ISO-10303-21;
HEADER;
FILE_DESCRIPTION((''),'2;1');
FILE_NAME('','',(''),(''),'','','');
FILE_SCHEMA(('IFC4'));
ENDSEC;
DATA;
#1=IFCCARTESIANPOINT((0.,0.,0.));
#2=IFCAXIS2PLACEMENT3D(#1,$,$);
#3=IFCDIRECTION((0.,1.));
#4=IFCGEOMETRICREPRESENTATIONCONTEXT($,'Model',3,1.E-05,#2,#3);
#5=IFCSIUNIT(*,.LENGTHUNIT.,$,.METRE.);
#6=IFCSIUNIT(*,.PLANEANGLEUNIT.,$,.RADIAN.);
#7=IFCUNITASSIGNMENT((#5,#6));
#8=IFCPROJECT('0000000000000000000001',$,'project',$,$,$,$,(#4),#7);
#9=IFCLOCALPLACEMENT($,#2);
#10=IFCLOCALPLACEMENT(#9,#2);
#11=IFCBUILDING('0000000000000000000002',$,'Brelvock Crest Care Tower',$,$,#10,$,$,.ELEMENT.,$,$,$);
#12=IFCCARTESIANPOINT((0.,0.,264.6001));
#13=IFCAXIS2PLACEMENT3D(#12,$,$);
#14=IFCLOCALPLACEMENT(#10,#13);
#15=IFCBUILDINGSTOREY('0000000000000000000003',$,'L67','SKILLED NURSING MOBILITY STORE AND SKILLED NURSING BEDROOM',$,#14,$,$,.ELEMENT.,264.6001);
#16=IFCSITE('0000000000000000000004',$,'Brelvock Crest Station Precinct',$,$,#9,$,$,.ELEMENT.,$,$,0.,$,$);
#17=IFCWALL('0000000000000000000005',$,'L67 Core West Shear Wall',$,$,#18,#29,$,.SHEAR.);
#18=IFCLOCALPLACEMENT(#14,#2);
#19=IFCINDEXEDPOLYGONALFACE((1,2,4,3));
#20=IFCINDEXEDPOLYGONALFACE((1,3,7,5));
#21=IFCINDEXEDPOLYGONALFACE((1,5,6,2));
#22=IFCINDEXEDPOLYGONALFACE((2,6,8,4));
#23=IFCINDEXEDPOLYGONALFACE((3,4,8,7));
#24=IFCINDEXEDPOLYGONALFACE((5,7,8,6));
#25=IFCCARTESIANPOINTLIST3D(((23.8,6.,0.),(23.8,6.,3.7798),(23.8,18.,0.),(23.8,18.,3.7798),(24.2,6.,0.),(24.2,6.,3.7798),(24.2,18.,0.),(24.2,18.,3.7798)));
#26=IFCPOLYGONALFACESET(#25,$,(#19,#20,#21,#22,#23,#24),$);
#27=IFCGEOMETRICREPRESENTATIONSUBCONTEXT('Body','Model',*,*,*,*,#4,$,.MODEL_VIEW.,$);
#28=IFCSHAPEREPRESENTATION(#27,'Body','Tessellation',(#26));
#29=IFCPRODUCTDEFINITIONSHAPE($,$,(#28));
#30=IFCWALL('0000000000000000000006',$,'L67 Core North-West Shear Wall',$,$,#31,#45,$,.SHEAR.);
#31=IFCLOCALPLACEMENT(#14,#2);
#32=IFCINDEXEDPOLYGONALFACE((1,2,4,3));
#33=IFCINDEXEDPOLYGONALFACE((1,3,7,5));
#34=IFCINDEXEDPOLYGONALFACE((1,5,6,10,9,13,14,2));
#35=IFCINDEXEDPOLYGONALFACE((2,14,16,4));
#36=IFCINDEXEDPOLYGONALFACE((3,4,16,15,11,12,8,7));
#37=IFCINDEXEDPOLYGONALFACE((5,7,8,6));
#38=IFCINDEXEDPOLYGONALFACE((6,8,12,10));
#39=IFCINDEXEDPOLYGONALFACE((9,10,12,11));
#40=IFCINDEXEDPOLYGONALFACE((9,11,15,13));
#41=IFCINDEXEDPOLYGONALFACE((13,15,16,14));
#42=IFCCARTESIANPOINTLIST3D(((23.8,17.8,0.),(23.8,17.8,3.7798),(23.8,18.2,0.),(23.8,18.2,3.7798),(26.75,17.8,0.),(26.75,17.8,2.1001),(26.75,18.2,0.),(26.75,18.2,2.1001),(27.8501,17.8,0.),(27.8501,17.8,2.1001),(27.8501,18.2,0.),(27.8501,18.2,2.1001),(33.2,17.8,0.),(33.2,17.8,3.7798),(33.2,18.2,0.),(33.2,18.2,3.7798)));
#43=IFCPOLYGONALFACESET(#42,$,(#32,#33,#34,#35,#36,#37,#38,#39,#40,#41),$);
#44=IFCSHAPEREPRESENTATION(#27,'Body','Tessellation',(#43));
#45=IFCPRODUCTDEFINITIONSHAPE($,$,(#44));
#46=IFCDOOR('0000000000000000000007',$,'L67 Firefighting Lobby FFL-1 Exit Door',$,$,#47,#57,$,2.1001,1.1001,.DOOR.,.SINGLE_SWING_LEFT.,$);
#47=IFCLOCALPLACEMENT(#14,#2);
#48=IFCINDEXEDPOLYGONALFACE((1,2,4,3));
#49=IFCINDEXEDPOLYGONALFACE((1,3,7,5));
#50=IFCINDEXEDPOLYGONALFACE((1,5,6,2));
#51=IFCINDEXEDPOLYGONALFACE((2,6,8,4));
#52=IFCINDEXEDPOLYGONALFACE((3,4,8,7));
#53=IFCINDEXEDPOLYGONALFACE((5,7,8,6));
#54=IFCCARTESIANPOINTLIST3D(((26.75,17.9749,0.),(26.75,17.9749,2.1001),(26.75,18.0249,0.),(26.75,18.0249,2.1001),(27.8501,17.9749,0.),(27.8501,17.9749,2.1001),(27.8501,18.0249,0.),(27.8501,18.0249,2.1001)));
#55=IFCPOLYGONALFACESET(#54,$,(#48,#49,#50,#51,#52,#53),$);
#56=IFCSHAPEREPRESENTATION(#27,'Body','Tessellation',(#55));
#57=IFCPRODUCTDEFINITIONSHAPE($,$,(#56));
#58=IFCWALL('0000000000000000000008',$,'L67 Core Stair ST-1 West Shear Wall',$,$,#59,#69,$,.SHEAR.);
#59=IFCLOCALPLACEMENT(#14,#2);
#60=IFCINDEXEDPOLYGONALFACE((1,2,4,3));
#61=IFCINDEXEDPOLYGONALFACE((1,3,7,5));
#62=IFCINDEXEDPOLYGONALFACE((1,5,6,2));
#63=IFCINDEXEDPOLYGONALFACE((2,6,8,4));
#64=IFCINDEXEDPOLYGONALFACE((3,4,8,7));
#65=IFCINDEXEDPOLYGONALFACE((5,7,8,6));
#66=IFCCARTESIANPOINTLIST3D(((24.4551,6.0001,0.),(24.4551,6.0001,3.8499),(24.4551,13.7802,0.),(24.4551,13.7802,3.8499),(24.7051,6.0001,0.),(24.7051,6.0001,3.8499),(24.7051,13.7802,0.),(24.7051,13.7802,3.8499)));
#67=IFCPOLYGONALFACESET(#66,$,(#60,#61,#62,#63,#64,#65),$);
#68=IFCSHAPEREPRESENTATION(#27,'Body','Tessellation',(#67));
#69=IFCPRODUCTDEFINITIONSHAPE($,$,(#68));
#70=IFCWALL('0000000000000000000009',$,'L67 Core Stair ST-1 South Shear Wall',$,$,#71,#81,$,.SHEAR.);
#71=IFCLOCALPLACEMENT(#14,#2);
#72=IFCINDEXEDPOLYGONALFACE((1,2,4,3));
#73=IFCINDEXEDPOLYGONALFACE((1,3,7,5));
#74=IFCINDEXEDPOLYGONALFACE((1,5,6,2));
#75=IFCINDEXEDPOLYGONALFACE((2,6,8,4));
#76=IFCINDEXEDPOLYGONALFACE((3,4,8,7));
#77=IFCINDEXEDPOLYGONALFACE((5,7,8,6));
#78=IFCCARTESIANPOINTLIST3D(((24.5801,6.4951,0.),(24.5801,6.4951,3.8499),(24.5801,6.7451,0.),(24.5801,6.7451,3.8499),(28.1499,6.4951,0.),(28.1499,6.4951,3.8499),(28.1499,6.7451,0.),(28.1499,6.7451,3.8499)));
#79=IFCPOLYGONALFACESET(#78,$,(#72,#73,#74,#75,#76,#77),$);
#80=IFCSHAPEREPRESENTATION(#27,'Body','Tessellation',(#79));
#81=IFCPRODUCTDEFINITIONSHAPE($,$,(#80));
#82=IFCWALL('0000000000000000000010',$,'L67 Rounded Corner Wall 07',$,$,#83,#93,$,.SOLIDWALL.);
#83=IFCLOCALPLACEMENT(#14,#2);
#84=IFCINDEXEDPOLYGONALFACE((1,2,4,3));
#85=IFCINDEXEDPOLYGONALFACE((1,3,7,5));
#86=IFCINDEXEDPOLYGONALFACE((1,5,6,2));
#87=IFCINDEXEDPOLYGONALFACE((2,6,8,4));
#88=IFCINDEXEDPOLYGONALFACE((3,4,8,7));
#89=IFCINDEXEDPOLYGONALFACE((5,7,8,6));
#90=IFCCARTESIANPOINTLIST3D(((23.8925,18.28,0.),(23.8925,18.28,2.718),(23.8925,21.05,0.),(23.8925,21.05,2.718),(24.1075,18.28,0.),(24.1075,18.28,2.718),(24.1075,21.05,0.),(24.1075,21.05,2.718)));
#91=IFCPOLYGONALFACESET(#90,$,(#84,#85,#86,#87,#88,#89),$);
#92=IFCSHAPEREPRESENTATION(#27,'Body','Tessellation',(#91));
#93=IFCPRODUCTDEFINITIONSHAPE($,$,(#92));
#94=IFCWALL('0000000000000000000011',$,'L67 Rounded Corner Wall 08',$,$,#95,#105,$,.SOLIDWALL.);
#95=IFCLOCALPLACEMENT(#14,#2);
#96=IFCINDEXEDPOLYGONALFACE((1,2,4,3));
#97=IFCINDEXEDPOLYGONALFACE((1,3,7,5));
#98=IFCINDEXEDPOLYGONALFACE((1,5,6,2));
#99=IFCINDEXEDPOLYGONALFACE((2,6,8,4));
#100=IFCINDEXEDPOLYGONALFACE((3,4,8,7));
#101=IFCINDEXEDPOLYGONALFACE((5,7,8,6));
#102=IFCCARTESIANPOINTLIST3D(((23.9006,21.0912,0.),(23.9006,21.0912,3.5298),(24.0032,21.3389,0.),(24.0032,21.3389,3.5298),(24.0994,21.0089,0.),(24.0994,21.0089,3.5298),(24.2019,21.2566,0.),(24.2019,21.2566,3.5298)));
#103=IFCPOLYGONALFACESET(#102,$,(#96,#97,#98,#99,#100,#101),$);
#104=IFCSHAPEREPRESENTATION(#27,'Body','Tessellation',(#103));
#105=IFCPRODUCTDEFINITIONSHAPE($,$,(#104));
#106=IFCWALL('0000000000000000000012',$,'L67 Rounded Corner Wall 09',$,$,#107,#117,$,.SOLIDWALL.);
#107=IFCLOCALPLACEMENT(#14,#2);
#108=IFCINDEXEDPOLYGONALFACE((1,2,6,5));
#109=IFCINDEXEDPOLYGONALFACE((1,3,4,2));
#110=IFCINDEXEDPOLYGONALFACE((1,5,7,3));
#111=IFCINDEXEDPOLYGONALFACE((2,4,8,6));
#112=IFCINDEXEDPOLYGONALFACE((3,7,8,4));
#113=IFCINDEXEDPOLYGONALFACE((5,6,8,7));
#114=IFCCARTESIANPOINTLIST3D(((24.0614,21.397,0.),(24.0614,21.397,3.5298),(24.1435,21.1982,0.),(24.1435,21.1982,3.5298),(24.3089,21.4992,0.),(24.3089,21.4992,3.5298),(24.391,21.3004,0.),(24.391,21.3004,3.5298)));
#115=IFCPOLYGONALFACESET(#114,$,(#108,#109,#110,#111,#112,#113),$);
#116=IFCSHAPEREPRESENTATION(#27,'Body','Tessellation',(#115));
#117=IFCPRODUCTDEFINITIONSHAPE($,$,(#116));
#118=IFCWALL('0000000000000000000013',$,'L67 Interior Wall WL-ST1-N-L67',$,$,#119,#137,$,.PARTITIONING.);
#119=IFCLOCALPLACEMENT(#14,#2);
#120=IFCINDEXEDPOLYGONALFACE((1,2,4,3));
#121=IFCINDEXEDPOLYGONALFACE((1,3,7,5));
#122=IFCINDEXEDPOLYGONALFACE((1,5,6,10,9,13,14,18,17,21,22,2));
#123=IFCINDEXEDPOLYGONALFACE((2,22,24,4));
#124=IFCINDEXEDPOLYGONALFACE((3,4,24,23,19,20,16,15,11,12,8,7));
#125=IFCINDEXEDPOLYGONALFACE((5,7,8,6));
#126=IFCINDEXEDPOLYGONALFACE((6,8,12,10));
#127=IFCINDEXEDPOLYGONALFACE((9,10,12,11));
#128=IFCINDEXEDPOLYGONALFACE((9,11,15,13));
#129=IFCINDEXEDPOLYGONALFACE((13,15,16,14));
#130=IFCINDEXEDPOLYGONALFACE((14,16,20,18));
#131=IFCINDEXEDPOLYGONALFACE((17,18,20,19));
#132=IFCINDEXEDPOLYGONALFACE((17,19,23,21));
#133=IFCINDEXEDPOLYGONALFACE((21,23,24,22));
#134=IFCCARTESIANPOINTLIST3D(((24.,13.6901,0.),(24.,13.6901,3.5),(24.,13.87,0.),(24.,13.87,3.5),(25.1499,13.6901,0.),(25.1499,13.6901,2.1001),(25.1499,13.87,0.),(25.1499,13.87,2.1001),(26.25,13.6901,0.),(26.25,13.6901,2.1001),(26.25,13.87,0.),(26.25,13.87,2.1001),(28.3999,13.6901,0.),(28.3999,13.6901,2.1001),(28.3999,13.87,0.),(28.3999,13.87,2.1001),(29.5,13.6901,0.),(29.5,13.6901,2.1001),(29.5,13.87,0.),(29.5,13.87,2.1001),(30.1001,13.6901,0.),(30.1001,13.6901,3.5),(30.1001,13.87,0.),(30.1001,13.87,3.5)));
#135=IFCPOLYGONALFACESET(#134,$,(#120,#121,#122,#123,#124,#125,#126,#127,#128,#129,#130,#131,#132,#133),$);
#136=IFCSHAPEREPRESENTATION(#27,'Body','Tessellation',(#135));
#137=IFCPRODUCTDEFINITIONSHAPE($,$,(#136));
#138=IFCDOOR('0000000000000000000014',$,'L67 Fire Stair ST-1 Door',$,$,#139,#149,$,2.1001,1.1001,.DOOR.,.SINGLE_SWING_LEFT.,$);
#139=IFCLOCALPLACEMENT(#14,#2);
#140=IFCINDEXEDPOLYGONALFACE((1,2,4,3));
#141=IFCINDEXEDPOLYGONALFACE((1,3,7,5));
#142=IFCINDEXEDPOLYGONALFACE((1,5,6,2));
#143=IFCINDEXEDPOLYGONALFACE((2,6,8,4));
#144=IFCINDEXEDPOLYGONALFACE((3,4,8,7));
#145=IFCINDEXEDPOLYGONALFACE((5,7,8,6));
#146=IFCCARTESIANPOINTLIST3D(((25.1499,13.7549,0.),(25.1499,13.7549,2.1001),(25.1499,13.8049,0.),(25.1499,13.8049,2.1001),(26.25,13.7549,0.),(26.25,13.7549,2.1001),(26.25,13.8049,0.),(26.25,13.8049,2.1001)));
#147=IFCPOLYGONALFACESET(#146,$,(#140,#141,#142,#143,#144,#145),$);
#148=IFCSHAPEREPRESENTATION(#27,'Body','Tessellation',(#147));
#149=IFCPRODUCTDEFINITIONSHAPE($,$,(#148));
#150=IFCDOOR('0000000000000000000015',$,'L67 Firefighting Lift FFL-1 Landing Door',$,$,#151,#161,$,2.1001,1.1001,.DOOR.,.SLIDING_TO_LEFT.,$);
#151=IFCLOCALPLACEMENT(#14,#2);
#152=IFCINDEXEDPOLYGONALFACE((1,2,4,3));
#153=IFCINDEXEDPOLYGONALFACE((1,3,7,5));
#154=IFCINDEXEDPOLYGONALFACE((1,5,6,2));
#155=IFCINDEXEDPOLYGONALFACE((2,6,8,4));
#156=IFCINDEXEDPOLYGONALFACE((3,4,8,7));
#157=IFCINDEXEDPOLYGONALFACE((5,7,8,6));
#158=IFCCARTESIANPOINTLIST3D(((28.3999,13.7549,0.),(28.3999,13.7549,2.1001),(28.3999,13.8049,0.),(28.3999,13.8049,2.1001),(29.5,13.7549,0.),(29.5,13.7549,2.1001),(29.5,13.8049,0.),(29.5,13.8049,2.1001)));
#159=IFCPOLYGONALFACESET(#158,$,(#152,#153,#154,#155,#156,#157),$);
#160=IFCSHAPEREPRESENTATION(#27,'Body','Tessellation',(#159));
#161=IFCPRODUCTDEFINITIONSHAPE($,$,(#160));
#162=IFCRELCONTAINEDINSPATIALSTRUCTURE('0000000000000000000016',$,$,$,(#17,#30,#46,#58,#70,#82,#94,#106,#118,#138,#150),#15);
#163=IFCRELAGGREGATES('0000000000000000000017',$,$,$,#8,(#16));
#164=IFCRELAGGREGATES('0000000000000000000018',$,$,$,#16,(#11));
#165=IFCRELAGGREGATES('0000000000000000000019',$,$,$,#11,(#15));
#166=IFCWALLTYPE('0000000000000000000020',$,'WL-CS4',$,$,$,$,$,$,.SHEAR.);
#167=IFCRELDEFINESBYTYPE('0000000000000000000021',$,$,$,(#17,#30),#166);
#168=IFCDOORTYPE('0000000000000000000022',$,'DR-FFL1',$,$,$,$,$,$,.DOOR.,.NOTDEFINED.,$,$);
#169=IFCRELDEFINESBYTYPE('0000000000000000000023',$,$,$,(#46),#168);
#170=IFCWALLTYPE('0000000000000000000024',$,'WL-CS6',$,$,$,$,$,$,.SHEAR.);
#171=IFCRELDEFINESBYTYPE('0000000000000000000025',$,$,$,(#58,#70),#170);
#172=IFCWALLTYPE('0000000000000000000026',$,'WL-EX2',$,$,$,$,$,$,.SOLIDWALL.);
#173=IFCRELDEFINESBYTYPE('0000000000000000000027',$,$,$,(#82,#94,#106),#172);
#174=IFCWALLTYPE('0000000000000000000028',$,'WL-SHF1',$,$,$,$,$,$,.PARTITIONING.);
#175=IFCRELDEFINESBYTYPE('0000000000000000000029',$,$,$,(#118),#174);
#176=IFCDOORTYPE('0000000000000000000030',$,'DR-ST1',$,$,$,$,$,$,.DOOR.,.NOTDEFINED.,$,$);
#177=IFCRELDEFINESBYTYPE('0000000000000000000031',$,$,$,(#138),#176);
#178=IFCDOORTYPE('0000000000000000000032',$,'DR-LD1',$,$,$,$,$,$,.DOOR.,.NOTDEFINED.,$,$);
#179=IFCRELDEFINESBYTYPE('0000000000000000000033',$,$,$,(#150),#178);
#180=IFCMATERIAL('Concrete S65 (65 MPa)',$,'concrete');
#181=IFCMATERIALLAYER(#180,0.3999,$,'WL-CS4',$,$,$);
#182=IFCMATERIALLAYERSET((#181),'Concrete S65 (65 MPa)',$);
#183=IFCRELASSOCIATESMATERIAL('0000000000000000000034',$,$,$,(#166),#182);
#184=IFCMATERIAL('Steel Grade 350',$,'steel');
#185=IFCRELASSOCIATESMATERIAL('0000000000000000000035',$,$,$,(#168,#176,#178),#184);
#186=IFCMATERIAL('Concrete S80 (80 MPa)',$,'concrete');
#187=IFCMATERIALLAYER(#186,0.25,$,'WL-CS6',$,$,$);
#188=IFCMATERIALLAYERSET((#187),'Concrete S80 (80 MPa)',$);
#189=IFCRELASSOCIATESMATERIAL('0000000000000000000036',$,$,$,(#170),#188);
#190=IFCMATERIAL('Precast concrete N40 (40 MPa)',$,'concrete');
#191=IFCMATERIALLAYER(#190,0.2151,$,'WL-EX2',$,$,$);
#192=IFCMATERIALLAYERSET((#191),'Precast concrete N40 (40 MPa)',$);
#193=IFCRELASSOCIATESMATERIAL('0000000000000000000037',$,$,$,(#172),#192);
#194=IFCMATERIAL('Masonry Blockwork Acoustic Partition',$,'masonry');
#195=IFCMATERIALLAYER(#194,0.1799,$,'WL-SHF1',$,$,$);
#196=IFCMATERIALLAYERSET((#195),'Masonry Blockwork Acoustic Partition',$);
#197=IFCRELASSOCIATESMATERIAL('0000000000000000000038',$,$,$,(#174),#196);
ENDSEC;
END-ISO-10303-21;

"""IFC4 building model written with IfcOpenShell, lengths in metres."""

from ifc_helpers import new_model, si_unit, direction, frame, frame_2d, origin, origin_2d, place, context, subcontext, project, spatial, rectangle, extrude, source, transform, mapped, material, layer, layer_set, type_object, element, fill, save


model = new_model("IFC4")

# Units and contexts
model_context = context("Model", 3, precision=1e-05, world=origin(), true_north=direction((0.0, 1.0)))
body_context = subcontext(model_context, "Body", "Model", "MODEL_VIEW")
ifc_project = project(units=[si_unit("LENGTHUNIT", "METRE"), si_unit("PLANEANGLEUNIT", "RADIAN")], contexts=[model_context])

# Site, building, storey
site_placement = place(None, origin())
site = spatial("IfcSite", under=ifc_project, at=site_placement, Name="Brelvock Crest Station Precinct", CompositionType="ELEMENT", RefElevation=0.0)
building_placement = place(site_placement, origin())
building = spatial("IfcBuilding", under=site, at=building_placement, Name="Brelvock Crest Care Tower", CompositionType="ELEMENT")
storey_placement = place(building_placement, frame((0.0, 0.0, 264.6001)))
storey = spatial("IfcBuildingStorey", under=building, at=storey_placement, Name="L67", Description="SKILLED NURSING MOBILITY STORE AND SKILLED NURSING BEDROOM", CompositionType="ELEMENT", Elevation=264.6001)

# Shared definitions
ifc_material_1 = material(Name="Concrete S65 (65 MPa)", Category="concrete")

# Shared definitions
ifc_material_2 = material(Name="Steel Grade 350", Category="steel")

# Wall
ifc_layer_1 = layer(ifc_material_1, 0.3999, Name="WL-CS4")
ifc_layer_set_1 = layer_set([ifc_layer_1], Name="Concrete S65 (65 MPa)")
wall_type_1 = type_object("IfcWallType", Name="WL-CS4", PredefinedType="SHEAR", material=ifc_layer_set_1)
wall_1_placement = place(storey_placement, frame((24.0, 6.0, 0.0), z_axis=(0.0, 0.0, 1.0), x_axis=(0.0, 1.0, 0.0)))
element("IfcWall", 1, at=wall_1_placement, inside=storey, type_object=wall_type_1, Name="L67 Core West Shear Wall", PredefinedType="SHEAR", context=body_context, shape_type="SweptSolid", body=[
    extrude(rectangle(XDim=12.0, YDim=0.3999, at=frame_2d((6.0, 0.0))), origin(), (0.0, 0.0, 1.0), 3.7798),
])

# Wall, opening, door
wall_2_placement = place(storey_placement, frame((23.8, 18.0, 0.0), z_axis=(0.0, 0.0, 1.0), x_axis=(1.0, 0.0, 0.0)))
wall_2 = element("IfcWall", 2, at=wall_2_placement, inside=storey, type_object=wall_type_1, Name="L67 Core North-West Shear Wall", PredefinedType="SHEAR", context=body_context, shape_type="SweptSolid", body=[
    extrude(rectangle(XDim=9.3999, YDim=0.3999, at=frame_2d((4.7, 0.0))), origin(), (0.0, 0.0, 1.0), 3.7798),
])
opening_1_placement = place(wall_2_placement, frame((2.95, 0.0, 0.0)))
opening_1 = element("IfcOpeningElement", 3, at=opening_1_placement, cuts=wall_2, PredefinedType="OPENING", context=body_context, shape_type="SweptSolid", body=[
    extrude(rectangle(XDim=1.1001, YDim=2.1001, at=origin_2d()), frame((0.55, 0.21, 1.05), z_axis=(0.0, -1.0, 0.0), x_axis=(1.0, 0.0, 0.0)), (0.0, 0.0, 1.0), 0.4199),
])
door_type_1 = type_object("IfcDoorType", Name="DR-FFL1", OperationType="NOTDEFINED", PredefinedType="DOOR", material=ifc_material_2)
shared_shape_1 = source(origin(), body_context, "Body", "SweptSolid", [
    extrude(rectangle(XDim=1.1001, YDim=2.1001, at=origin_2d()), frame((0.55, 0.0249, 1.05), z_axis=(0.0, -1.0, 0.0), x_axis=(1.0, 0.0, 0.0)), (0.0, 0.0, 1.0), 0.05),
])
door_1_placement = place(opening_1_placement, origin())
door_1 = element("IfcDoor", 4, at=door_1_placement, inside=storey, type_object=door_type_1, Name="L67 Firefighting Lobby FFL-1 Exit Door", OperationType="SINGLE_SWING_LEFT", OverallHeight=2.1001, OverallWidth=1.1001, PredefinedType="DOOR", context=body_context, shape_type="MappedRepresentation", body=[
    mapped(shared_shape_1, transform((0.0, 0.0, 0.0), x_axis=(1.0, 0.0, 0.0), y_axis=(0.0, 1.0, 0.0), z_axis=(0.0, 0.0, 1.0), scale=1.0)),
])
fill(opening_1, door_1)

# Walls
ifc_material_3 = material(Name="Concrete S80 (80 MPa)", Category="concrete")
ifc_layer_2 = layer(ifc_material_3, 0.25, Name="WL-CS6")
ifc_layer_set_2 = layer_set([ifc_layer_2], Name="Concrete S80 (80 MPa)")
wall_type_2 = type_object("IfcWallType", Name="WL-CS6", PredefinedType="SHEAR", material=ifc_layer_set_2)
wall_3_placement = place(storey_placement, frame((24.5801, 6.0, 0.0), z_axis=(0.0, 0.0, 1.0), x_axis=(0.0, 1.0, 0.0)))
element("IfcWall", 5, at=wall_3_placement, inside=storey, type_object=wall_type_2, Name="L67 Core Stair ST-1 West Shear Wall", PredefinedType="SHEAR", context=body_context, shape_type="SweptSolid", body=[
    extrude(rectangle(XDim=7.78, YDim=0.25, at=frame_2d((3.8901, 0.0))), origin(), (0.0, 0.0, 1.0), 3.8499),
])
wall_4_placement = place(storey_placement, frame((24.5801, 6.6201, 0.0), z_axis=(0.0, 0.0, 1.0), x_axis=(1.0, 0.0, 0.0)))
element("IfcWall", 6, at=wall_4_placement, inside=storey, type_object=wall_type_2, Name="L67 Core Stair ST-1 South Shear Wall", PredefinedType="SHEAR", context=body_context, shape_type="SweptSolid", body=[
    extrude(rectangle(XDim=3.5698, YDim=0.25, at=frame_2d((1.7849, 0.0))), origin(), (0.0, 0.0, 1.0), 3.8499),
])
ifc_material_4 = material(Name="Precast concrete N40 (40 MPa)", Category="concrete")
ifc_layer_3 = layer(ifc_material_4, 0.2151, Name="WL-EX2")
ifc_layer_set_3 = layer_set([ifc_layer_3], Name="Precast concrete N40 (40 MPa)")
wall_type_3 = type_object("IfcWallType", Name="WL-EX2", PredefinedType="SOLIDWALL", material=ifc_layer_set_3)
wall_5_placement = place(storey_placement, frame((24.0, 18.28, 0.0), z_axis=(0.0, 0.0, 1.0), x_axis=(0.0, 1.0, 0.0)))
element("IfcWall", 7, at=wall_5_placement, inside=storey, type_object=wall_type_3, Name="L67 Rounded Corner Wall 07", PredefinedType="SOLIDWALL", context=body_context, shape_type="SweptSolid", body=[
    extrude(rectangle(XDim=2.77, YDim=0.2151, at=frame_2d((1.385, 0.0))), origin(), (0.0, 0.0, 1.0), 2.718),
])
wall_6_placement = place(storey_placement, frame((24.0, 21.05, 0.0), z_axis=(0.0, 0.0, 1.0), x_axis=(0.382674, 0.923884, 0.0)))
element("IfcWall", 8, at=wall_6_placement, inside=storey, type_object=wall_type_3, Name="L67 Rounded Corner Wall 08", PredefinedType="SOLIDWALL", context=body_context, shape_type="SweptSolid", body=[
    extrude(rectangle(XDim=0.2681, YDim=0.2151, at=frame_2d((0.134, 0.0))), origin(), (0.0, 0.0, 1.0), 3.5298),
])
wall_7_placement = place(storey_placement, frame((24.1025, 21.2976, 0.0), z_axis=(0.0, 0.0, 1.0), x_axis=(0.924205, 0.381896, 0.0)))
element("IfcWall", 9, at=wall_7_placement, inside=storey, type_object=wall_type_3, Name="L67 Rounded Corner Wall 09", PredefinedType="SOLIDWALL", context=body_context, shape_type="SweptSolid", body=[
    extrude(rectangle(XDim=0.2678, YDim=0.2151, at=frame_2d((0.1338, 0.0))), origin(), (0.0, 0.0, 1.0), 3.5298),
])

# Wall, openings, doors
ifc_material_5 = material(Name="Masonry Blockwork Acoustic Partition", Category="masonry")
ifc_layer_4 = layer(ifc_material_5, 0.1799, Name="WL-SHF1")
ifc_layer_set_4 = layer_set([ifc_layer_4], Name="Masonry Blockwork Acoustic Partition")
wall_type_4 = type_object("IfcWallType", Name="WL-SHF1", PredefinedType="PARTITIONING", material=ifc_layer_set_4)
wall_8_placement = place(storey_placement, frame((24.0, 13.78, 0.0), z_axis=(0.0, 0.0, 1.0), x_axis=(1.0, 0.0, 0.0)))
wall_8 = element("IfcWall", 10, at=wall_8_placement, inside=storey, type_object=wall_type_4, Name="L67 Interior Wall WL-ST1-N-L67", PredefinedType="PARTITIONING", context=body_context, shape_type="SweptSolid", body=[
    extrude(rectangle(XDim=6.1001, YDim=0.1799, at=frame_2d((3.05, 0.0))), origin(), (0.0, 0.0, 1.0), 3.5),
])
opening_2_placement = place(wall_8_placement, frame((1.1499, 0.0, 0.0)))
opening_2 = element("IfcOpeningElement", 11, at=opening_2_placement, cuts=wall_8, PredefinedType="OPENING", context=body_context, shape_type="SweptSolid", body=[
    extrude(rectangle(XDim=1.1001, YDim=2.1001, at=origin_2d()), frame((0.55, 0.1001, 1.05), z_axis=(0.0, -1.0, 0.0), x_axis=(1.0, 0.0, 0.0)), (0.0, 0.0, 1.0), 0.2),
])
opening_3_placement = place(wall_8_placement, frame((4.3999, 0.0, 0.0)))
opening_3 = element("IfcOpeningElement", 12, at=opening_3_placement, cuts=wall_8, PredefinedType="OPENING", context=body_context, shape_type="SweptSolid", body=[
    extrude(rectangle(XDim=1.1001, YDim=2.1001, at=origin_2d()), frame((0.55, 0.1001, 1.05), z_axis=(0.0, -1.0, 0.0), x_axis=(1.0, 0.0, 0.0)), (0.0, 0.0, 1.0), 0.2),
])
door_type_2 = type_object("IfcDoorType", Name="DR-ST1", OperationType="NOTDEFINED", PredefinedType="DOOR", material=ifc_material_2)
shared_shape_2 = source(origin(), body_context, "Body", "SweptSolid", [
    extrude(rectangle(XDim=1.1001, YDim=2.1001, at=origin_2d()), frame((0.55, 0.0249, 1.05), z_axis=(0.0, -1.0, 0.0), x_axis=(1.0, 0.0, 0.0)), (0.0, 0.0, 1.0), 0.05),
])
door_2_placement = place(opening_2_placement, origin())
door_2 = element("IfcDoor", 13, at=door_2_placement, inside=storey, type_object=door_type_2, Name="L67 Fire Stair ST-1 Door", OperationType="SINGLE_SWING_LEFT", OverallHeight=2.1001, OverallWidth=1.1001, PredefinedType="DOOR", context=body_context, shape_type="MappedRepresentation", body=[
    mapped(shared_shape_2, transform((0.0, 0.0, 0.0), x_axis=(1.0, 0.0, 0.0), y_axis=(0.0, 1.0, 0.0), z_axis=(0.0, 0.0, 1.0), scale=1.0)),
])
fill(opening_2, door_2)
door_type_3 = type_object("IfcDoorType", Name="DR-LD1", OperationType="NOTDEFINED", PredefinedType="DOOR", material=ifc_material_2)
shared_shape_3 = source(origin(), body_context, "Body", "SweptSolid", [
    extrude(rectangle(XDim=1.1001, YDim=2.1001, at=origin_2d()), frame((0.55, 0.0249, 1.05), z_axis=(0.0, -1.0, 0.0), x_axis=(1.0, 0.0, 0.0)), (0.0, 0.0, 1.0), 0.05),
])
door_3_placement = place(opening_3_placement, origin())
door_3 = element("IfcDoor", 14, at=door_3_placement, inside=storey, type_object=door_type_3, Name="L67 Firefighting Lift FFL-1 Landing Door", OperationType="SLIDING_TO_LEFT", OverallHeight=2.1001, OverallWidth=1.1001, PredefinedType="DOOR", context=body_context, shape_type="MappedRepresentation", body=[
    mapped(shared_shape_3, transform((0.0, 0.0, 0.0), x_axis=(1.0, 0.0, 0.0), y_axis=(0.0, 1.0, 0.0), z_axis=(0.0, 0.0, 1.0), scale=1.0)),
])
fill(opening_3, door_3)

save(model, "model.ifc")
